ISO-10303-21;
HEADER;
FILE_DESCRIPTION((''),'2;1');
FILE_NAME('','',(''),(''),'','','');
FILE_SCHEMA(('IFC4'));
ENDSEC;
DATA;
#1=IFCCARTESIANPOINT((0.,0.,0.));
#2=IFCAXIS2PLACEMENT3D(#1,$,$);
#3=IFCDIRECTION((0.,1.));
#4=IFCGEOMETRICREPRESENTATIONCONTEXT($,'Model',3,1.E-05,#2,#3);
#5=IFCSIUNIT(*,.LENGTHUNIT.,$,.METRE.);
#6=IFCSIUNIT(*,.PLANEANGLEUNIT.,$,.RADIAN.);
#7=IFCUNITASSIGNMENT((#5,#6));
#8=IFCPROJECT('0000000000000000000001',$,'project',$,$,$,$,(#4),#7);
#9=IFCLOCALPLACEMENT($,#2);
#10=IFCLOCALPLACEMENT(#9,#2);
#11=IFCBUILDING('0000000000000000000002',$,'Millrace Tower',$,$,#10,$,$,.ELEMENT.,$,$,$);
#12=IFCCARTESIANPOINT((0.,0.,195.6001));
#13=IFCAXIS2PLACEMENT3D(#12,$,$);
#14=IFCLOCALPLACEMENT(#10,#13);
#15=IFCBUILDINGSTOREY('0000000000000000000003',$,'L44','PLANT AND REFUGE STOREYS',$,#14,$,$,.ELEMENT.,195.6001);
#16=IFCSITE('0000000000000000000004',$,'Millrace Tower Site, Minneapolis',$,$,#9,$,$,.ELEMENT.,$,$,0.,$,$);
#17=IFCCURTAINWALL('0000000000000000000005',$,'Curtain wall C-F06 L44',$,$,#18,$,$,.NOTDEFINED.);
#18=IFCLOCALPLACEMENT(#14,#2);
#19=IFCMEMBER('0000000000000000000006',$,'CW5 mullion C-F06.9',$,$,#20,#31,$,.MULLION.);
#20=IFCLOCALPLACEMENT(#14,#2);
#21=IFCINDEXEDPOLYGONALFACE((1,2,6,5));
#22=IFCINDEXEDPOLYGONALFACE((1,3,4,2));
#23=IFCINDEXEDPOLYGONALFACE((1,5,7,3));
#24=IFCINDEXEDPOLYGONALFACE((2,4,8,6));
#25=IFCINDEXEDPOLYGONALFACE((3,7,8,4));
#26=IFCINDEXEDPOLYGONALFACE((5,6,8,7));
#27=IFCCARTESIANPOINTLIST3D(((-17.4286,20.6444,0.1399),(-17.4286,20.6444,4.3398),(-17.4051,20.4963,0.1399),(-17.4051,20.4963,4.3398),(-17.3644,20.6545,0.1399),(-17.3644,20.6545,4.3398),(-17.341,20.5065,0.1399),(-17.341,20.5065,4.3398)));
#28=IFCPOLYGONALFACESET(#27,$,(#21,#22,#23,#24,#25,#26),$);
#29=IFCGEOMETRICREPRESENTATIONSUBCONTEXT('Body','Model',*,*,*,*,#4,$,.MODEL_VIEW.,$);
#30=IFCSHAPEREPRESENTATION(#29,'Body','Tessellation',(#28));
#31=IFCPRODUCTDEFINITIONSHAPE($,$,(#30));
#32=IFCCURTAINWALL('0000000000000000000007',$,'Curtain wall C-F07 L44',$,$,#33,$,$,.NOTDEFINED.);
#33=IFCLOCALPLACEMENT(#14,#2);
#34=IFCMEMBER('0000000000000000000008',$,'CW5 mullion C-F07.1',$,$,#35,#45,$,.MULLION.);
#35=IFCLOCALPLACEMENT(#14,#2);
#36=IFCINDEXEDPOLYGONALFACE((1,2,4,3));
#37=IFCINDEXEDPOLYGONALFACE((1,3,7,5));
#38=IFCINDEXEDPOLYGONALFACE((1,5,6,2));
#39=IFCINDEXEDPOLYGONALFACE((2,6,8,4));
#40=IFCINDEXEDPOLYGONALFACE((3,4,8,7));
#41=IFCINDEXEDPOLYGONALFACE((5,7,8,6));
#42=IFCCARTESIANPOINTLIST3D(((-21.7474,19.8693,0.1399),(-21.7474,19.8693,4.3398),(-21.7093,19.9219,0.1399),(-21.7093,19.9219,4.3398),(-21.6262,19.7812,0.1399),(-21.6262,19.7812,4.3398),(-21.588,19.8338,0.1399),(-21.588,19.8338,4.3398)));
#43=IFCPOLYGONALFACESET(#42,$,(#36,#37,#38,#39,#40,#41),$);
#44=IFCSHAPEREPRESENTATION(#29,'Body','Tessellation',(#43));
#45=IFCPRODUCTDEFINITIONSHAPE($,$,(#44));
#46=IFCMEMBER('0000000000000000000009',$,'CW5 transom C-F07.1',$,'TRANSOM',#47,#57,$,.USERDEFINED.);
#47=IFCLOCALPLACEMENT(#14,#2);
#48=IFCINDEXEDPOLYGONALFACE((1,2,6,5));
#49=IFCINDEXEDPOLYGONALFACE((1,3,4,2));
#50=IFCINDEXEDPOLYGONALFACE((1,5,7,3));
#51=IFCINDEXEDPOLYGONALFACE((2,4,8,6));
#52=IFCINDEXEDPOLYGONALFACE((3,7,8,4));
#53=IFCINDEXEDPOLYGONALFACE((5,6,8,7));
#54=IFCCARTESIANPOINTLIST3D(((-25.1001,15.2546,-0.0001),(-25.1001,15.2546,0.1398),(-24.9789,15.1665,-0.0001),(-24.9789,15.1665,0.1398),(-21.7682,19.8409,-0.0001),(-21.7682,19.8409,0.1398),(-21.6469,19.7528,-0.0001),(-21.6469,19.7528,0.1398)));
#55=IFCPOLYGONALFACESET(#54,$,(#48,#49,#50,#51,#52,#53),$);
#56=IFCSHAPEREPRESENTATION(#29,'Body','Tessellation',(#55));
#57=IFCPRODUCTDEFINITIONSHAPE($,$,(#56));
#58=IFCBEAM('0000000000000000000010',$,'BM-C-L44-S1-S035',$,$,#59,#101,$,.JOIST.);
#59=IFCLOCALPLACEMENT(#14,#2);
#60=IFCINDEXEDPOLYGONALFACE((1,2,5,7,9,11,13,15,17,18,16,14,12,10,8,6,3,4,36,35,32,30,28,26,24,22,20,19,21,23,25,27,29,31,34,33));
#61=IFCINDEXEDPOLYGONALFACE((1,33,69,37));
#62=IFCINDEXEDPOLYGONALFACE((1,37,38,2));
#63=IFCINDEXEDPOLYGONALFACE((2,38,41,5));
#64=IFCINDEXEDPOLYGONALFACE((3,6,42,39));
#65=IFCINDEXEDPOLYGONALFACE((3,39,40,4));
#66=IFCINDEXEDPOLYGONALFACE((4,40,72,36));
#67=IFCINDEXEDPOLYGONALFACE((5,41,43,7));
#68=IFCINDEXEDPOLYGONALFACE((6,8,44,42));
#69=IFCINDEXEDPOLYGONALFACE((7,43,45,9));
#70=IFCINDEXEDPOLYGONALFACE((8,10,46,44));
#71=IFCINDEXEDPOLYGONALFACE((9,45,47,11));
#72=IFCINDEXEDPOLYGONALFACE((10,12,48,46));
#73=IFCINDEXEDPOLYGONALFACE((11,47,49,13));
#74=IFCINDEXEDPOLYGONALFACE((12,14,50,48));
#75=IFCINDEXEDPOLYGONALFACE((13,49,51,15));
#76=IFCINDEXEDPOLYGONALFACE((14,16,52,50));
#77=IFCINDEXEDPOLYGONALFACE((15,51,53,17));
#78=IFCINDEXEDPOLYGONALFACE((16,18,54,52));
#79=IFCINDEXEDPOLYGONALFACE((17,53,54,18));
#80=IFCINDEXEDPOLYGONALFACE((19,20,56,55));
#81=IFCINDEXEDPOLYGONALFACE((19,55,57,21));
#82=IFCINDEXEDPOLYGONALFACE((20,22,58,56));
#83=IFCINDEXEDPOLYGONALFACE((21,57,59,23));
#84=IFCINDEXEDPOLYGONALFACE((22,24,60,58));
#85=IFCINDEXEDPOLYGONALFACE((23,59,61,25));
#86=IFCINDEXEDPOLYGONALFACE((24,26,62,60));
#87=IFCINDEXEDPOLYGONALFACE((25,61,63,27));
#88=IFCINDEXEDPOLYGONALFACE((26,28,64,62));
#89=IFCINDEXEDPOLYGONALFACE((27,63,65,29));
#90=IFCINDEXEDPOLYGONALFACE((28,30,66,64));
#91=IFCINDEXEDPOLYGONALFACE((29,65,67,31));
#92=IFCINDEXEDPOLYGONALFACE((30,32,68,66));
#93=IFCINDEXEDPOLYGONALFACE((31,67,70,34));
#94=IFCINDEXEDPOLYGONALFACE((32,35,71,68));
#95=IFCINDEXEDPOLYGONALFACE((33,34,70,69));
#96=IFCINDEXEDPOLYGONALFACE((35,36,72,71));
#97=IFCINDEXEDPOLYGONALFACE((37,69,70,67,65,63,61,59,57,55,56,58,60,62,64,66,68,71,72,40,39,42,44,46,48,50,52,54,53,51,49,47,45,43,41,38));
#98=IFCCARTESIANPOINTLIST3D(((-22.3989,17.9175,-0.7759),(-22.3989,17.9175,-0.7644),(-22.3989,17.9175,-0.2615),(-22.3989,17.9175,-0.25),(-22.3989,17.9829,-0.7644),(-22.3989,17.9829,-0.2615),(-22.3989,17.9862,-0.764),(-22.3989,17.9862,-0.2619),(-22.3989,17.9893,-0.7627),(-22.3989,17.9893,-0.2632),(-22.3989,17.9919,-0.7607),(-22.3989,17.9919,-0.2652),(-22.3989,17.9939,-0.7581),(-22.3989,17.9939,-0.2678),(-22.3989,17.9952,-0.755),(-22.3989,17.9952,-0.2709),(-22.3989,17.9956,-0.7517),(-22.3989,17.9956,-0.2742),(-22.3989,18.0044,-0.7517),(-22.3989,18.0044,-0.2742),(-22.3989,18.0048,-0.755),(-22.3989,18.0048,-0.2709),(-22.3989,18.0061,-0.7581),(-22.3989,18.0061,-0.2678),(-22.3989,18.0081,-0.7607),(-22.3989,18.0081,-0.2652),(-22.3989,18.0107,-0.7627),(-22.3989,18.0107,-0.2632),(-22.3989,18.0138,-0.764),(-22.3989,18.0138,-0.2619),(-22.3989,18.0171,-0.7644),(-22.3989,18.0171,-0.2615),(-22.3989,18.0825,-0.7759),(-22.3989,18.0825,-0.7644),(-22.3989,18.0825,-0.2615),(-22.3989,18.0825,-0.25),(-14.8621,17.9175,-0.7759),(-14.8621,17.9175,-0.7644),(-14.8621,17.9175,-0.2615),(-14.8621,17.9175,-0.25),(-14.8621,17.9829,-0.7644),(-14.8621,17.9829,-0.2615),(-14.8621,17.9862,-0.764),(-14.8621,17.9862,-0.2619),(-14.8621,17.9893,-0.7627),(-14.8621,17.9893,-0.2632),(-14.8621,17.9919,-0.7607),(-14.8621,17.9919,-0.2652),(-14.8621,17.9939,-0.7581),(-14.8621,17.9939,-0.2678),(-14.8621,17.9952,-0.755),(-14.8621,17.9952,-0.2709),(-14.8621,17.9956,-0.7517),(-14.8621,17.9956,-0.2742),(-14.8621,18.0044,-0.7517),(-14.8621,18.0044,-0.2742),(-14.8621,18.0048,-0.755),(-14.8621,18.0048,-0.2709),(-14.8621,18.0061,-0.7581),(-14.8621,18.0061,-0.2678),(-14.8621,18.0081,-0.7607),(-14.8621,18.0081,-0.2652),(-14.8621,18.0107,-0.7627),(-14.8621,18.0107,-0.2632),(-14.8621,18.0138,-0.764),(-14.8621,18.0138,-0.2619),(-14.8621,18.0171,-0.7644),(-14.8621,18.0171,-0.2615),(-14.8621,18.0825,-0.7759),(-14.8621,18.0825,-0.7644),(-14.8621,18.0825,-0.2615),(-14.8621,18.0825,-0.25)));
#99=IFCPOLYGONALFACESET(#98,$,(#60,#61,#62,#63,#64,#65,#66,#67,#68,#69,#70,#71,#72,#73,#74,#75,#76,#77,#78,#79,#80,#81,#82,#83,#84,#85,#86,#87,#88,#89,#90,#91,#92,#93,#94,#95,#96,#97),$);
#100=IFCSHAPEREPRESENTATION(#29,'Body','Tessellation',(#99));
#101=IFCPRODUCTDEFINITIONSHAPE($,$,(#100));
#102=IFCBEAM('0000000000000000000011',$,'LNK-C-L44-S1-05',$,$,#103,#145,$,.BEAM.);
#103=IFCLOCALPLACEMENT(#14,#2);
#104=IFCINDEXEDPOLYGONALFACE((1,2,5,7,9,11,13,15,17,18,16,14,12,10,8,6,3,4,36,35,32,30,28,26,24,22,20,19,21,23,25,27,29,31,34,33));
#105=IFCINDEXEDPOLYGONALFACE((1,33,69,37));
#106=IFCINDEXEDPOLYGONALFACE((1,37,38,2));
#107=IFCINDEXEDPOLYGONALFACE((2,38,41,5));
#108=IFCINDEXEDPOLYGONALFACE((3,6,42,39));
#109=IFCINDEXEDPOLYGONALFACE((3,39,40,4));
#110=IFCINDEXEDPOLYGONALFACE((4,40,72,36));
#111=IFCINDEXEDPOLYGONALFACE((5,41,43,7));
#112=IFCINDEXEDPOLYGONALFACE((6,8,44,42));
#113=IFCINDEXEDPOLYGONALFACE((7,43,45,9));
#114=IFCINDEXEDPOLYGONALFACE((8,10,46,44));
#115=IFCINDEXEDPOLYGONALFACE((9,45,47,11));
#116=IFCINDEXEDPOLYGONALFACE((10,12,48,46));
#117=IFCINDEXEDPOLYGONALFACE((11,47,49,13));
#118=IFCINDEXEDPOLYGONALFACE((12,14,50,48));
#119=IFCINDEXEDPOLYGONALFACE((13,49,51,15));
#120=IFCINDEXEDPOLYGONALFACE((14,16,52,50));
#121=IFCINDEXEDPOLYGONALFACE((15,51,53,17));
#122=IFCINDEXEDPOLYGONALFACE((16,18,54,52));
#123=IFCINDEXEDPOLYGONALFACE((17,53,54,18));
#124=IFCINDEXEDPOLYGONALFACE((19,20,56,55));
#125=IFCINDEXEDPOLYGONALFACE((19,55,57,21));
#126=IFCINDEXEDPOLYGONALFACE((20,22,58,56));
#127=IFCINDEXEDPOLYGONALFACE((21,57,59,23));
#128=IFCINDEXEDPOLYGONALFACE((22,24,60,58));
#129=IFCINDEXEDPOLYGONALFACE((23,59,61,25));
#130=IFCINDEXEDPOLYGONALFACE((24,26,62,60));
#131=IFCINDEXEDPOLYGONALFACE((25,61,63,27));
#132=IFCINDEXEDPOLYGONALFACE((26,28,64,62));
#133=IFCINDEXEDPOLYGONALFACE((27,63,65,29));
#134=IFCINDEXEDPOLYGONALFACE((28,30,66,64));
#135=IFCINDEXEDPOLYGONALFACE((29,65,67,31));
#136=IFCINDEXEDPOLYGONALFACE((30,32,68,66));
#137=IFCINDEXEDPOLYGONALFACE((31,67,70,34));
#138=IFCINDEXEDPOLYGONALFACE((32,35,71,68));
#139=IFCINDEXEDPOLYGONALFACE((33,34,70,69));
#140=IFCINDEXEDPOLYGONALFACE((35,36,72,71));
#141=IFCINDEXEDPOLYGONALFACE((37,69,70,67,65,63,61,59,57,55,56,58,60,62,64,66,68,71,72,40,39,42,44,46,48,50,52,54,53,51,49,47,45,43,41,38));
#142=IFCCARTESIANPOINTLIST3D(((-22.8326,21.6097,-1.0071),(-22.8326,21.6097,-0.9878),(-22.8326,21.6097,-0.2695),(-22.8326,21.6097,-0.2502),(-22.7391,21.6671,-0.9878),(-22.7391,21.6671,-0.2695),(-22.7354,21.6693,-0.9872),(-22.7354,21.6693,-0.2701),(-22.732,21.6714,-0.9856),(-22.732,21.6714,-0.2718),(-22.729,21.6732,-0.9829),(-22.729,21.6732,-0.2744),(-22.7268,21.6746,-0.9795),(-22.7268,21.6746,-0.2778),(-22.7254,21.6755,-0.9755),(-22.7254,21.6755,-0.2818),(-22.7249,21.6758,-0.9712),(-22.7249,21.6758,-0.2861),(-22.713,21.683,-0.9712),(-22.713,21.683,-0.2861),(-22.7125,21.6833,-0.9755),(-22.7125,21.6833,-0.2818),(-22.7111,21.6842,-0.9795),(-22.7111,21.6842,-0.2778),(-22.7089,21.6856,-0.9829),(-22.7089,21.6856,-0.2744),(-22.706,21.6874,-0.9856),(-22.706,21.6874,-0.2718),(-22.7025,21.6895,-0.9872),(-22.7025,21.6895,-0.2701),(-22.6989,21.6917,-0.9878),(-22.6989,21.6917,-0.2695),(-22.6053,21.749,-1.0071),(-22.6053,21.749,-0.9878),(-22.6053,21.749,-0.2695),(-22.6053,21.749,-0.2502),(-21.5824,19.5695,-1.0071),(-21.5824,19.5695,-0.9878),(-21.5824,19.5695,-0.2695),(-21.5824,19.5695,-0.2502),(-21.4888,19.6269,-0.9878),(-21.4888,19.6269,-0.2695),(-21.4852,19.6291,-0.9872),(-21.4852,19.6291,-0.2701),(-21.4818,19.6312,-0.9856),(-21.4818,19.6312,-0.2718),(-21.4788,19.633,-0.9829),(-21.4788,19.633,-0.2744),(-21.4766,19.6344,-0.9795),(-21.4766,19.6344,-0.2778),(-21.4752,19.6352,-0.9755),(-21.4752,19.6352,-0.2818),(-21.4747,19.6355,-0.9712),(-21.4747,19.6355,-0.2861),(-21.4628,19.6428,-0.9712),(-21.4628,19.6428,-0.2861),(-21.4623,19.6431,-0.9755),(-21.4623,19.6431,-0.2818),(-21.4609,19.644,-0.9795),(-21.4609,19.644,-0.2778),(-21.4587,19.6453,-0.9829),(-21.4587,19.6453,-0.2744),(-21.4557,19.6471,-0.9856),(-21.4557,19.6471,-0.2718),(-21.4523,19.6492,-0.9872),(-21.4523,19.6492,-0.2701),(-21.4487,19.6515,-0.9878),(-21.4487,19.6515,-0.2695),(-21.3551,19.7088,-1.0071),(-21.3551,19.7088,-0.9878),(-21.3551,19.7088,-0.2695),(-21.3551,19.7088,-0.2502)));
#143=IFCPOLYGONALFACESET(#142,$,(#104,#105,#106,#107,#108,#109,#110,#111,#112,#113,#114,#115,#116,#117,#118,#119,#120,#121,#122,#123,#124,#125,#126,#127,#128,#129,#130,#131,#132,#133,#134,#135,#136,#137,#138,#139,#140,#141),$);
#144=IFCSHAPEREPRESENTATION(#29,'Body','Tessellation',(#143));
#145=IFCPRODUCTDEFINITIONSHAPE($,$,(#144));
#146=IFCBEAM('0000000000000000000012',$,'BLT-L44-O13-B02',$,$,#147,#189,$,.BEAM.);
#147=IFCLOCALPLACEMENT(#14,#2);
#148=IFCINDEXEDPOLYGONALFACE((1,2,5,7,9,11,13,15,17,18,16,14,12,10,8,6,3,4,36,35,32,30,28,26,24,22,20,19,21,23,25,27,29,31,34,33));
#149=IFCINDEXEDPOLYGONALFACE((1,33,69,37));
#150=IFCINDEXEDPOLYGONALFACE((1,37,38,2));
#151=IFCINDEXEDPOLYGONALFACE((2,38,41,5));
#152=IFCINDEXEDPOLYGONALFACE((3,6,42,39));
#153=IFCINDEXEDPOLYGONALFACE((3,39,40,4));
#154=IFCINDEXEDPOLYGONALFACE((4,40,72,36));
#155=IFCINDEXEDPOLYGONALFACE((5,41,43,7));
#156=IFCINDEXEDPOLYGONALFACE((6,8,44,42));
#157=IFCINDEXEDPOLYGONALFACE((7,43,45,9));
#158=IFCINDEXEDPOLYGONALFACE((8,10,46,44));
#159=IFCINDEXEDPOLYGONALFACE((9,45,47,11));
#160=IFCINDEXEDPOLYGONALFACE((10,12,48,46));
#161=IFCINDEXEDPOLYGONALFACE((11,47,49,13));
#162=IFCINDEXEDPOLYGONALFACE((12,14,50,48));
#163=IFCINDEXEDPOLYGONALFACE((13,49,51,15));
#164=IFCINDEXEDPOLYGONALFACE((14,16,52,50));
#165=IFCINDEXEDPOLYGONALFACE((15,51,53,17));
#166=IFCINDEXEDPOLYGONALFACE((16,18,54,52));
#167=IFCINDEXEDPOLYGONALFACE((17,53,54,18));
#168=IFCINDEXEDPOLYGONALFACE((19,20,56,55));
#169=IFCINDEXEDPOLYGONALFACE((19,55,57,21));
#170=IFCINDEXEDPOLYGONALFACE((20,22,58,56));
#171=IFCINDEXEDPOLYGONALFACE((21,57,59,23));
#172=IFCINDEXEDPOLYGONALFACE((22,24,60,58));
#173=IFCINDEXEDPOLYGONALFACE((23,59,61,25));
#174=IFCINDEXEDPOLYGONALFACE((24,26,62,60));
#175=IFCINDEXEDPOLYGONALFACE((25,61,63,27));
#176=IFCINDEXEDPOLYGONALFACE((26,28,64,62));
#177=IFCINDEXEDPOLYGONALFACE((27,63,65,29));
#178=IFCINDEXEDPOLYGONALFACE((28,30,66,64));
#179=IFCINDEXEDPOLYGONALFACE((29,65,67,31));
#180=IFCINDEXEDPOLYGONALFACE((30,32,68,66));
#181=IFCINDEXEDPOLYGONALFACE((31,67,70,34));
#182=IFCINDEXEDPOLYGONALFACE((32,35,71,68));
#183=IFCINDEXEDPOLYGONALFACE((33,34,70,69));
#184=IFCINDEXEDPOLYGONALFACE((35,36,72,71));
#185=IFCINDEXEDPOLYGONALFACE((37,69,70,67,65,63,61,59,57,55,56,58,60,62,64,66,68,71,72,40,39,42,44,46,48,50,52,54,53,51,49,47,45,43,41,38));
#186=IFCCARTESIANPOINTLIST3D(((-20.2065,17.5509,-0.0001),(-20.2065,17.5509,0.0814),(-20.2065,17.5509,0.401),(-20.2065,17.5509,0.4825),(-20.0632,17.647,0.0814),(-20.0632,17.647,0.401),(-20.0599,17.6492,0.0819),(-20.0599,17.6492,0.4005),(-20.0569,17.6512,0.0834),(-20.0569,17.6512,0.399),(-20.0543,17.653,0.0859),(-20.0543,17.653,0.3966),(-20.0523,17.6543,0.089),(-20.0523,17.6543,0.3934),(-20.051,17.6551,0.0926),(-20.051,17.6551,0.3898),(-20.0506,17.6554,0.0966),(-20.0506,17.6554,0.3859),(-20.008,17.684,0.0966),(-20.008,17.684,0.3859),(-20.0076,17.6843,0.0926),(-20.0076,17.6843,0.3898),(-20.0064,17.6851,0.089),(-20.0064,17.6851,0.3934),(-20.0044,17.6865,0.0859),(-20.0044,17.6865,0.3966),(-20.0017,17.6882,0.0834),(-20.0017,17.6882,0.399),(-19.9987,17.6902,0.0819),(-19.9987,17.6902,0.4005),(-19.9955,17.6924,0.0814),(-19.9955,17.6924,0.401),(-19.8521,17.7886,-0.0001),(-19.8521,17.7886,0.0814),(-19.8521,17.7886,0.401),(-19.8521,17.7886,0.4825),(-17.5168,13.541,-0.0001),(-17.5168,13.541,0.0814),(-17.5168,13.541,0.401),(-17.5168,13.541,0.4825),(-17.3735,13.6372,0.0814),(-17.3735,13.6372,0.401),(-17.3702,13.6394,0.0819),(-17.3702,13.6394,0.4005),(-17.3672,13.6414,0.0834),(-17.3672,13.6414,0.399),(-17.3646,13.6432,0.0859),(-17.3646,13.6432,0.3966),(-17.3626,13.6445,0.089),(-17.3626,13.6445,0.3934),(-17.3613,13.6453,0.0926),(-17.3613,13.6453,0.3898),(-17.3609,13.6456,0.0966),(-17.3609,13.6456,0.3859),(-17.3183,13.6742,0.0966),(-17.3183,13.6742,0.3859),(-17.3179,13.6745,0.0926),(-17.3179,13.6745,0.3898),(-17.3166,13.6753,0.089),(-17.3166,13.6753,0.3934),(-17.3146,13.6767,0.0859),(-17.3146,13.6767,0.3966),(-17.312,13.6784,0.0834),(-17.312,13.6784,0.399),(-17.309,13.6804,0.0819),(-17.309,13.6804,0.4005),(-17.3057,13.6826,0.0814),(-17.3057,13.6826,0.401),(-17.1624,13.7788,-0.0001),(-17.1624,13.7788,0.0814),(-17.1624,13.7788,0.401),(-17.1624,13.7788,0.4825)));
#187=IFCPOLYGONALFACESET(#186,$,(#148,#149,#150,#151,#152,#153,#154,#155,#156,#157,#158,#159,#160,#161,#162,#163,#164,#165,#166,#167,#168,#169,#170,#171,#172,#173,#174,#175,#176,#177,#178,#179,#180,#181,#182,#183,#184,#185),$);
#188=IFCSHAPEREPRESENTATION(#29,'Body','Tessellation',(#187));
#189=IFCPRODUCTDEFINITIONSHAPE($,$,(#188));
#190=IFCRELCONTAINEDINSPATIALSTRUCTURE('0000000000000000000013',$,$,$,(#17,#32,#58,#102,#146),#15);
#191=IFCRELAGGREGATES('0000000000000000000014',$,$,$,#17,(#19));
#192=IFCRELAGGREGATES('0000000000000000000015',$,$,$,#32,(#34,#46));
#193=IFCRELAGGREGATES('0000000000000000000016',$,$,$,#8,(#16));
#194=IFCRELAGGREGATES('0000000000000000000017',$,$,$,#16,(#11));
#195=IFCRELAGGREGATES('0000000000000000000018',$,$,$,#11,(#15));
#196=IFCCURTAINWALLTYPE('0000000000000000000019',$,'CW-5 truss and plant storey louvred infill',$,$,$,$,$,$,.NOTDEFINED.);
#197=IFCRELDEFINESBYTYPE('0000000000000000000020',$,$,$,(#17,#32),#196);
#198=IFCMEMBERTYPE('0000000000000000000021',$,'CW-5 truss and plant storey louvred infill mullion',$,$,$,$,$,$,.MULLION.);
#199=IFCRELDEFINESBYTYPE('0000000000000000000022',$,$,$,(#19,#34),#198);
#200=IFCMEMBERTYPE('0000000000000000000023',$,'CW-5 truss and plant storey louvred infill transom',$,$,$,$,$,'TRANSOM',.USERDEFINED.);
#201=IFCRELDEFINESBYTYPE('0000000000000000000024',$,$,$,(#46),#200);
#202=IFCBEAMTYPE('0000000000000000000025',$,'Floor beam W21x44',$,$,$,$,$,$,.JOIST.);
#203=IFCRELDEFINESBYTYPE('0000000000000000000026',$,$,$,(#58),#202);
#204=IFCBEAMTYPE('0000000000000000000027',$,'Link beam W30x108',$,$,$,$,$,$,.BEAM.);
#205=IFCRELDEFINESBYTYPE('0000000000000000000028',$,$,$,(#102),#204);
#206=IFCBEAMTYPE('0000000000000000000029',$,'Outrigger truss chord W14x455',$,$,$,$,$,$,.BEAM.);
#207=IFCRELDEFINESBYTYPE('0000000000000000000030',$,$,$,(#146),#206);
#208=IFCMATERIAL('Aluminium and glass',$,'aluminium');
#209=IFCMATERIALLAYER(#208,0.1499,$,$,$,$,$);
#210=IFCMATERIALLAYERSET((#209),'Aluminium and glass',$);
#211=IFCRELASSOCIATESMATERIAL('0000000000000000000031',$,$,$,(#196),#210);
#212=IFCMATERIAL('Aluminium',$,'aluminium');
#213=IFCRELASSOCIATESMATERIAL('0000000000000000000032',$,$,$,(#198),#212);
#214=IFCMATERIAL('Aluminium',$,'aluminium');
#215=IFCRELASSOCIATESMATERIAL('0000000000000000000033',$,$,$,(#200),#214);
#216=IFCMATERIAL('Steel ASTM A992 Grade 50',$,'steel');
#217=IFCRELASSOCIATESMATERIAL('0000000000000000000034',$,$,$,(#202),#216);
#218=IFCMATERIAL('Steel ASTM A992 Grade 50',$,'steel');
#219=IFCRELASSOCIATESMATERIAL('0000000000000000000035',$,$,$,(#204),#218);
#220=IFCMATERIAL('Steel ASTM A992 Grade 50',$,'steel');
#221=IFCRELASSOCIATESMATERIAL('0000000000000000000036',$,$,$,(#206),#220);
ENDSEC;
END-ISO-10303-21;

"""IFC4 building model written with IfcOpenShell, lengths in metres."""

from ifc_helpers import new_model, si_unit, direction, frame, origin, origin_2d, place, context, subcontext, project, spatial, rectangle, i_section, extrude, material, layer, layer_set, material_profile, profile_set, type_object, element, aggregate, save


model = new_model("IFC4")

# Units and contexts
model_context = context("Model", 3, precision=1e-05, world=origin(), true_north=direction((0.0, 1.0)))
body_context = subcontext(model_context, "Body", "Model", "MODEL_VIEW")
ifc_project = project(units=[si_unit("LENGTHUNIT", "METRE"), si_unit("PLANEANGLEUNIT", "RADIAN")], contexts=[model_context])

# Site, building, storey
site_placement = place(None, origin())
site = spatial("IfcSite", under=ifc_project, at=site_placement, Name="Millrace Tower Site, Minneapolis", CompositionType="ELEMENT", RefElevation=0.0)
building_placement = place(site_placement, origin())
building = spatial("IfcBuilding", under=site, at=building_placement, Name="Millrace Tower", CompositionType="ELEMENT")
storey_placement = place(building_placement, frame((0.0, 0.0, 195.6001)))
storey = spatial("IfcBuildingStorey", under=building, at=storey_placement, Name="L44", Description="PLANT AND REFUGE STOREYS", CompositionType="ELEMENT", Elevation=195.6001)

# Curtain wall, member
ifc_material_1 = material(Name="Aluminium and glass", Category="aluminium")
ifc_layer_1 = layer(ifc_material_1, 0.1499)
ifc_layer_set_1 = layer_set([ifc_layer_1], Name="Aluminium and glass")
curtain_wall_type = type_object("IfcCurtainWallType", Name="CW-5 truss and plant storey louvred infill", PredefinedType="NOTDEFINED", material=ifc_layer_set_1)
placement = place(storey_placement, origin())
curtain_wall_1 = element("IfcCurtainWall", 1, at=placement, inside=storey, type_object=curtain_wall_type, Name="Curtain wall C-F06 L44", PredefinedType="NOTDEFINED")
ifc_material_2 = material(Name="Aluminium", Category="aluminium")
ifc_material_profile_1 = material_profile(ifc_material_2, rectangle(XDim=0.0649, YDim=0.1499, at=origin_2d()))
ifc_profile_set_1 = profile_set([ifc_material_profile_1], Name="Aluminium")
member_type_1 = type_object("IfcMemberType", Name="CW-5 truss and plant storey louvred infill mullion", PredefinedType="MULLION", material=ifc_profile_set_1)
member_1_placement = place(storey_placement, frame((-17.3848, 20.5754, 0.1399), z_axis=(0.0, 0.0, 1.0), x_axis=(-0.987688, -0.156434, 0.0)))
member_1 = element("IfcMember", 2, at=member_1_placement, type_object=member_type_1, Name="CW5 mullion C-F06.9", PredefinedType="MULLION", context=body_context, shape_type="SweptSolid", body=[
    extrude(rectangle(XDim=0.0649, YDim=0.1499, at=origin_2d()), origin(), (0.0, 0.0, 1.0), 4.2),
])
aggregate(curtain_wall_1, [member_1])

# Curtain wall, members
curtain_wall_2 = element("IfcCurtainWall", 3, at=placement, inside=storey, type_object=curtain_wall_type, Name="Curtain wall C-F07 L44", PredefinedType="NOTDEFINED")
member_2_placement = place(storey_placement, frame((-21.6677, 19.8516, 0.1399), z_axis=(0.0, 0.0, 1.0), x_axis=(-0.587785, -0.809017, 0.0)))
member_2 = element("IfcMember", 4, at=member_2_placement, type_object=member_type_1, Name="CW5 mullion C-F07.1", PredefinedType="MULLION", context=body_context, shape_type="SweptSolid", body=[
    extrude(rectangle(XDim=0.0649, YDim=0.1499, at=origin_2d()), origin(), (0.0, 0.0, 1.0), 4.2),
])
ifc_material_3 = material(Name="Aluminium", Category="aluminium")
ifc_material_profile_2 = material_profile(ifc_material_3, rectangle(XDim=0.1499, YDim=0.1399, at=origin_2d()))
ifc_profile_set_2 = profile_set([ifc_material_profile_2], Name="Aluminium")
member_type_2 = type_object("IfcMemberType", Name="CW-5 truss and plant storey louvred infill transom", ElementType="TRANSOM", PredefinedType="USERDEFINED", material=ifc_profile_set_2)
member_3_placement = place(storey_placement, frame((-21.7075, 19.7969, 0.0698), z_axis=(-0.587762, -0.809034, 0.0), x_axis=(0.809034, -0.587762, 0.0)))
member_3 = element("IfcMember", 5, at=member_3_placement, type_object=member_type_2, Name="CW5 transom C-F07.1", ObjectType="TRANSOM", PredefinedType="USERDEFINED", context=body_context, shape_type="SweptSolid", body=[
    extrude(rectangle(XDim=0.1499, YDim=0.1399, at=origin_2d()), origin(), (0.0, 0.0, 1.0), 5.6689),
])
aggregate(curtain_wall_2, [member_2, member_3])

# Beams
ifc_material_4 = material(Name="Steel ASTM A992 Grade 50", Category="steel")
ifc_material_profile_3 = material_profile(ifc_material_4, i_section(OverallWidth=0.165, OverallDepth=0.5259, WebThickness=0.0088, FlangeThickness=0.0115, FilletRadius=0.0127, at=origin_2d()))
ifc_profile_set_3 = profile_set([ifc_material_profile_3], Name="Steel ASTM A992 Grade 50")
beam_type_1 = type_object("IfcBeamType", Name="Floor beam W21x44", PredefinedType="JOIST", material=ifc_profile_set_3)
beam_1_placement = place(storey_placement, frame((-22.3989, 18.0, -0.5129), z_axis=(1.0, 0.0, 0.0), x_axis=(0.0, 1.0, 0.0)))
element("IfcBeam", 6, at=beam_1_placement, inside=storey, type_object=beam_type_1, Name="BM-C-L44-S1-S035", PredefinedType="JOIST", context=body_context, shape_type="SweptSolid", body=[
    extrude(i_section(OverallWidth=0.165, OverallDepth=0.5259, WebThickness=0.0088, FlangeThickness=0.0115, FilletRadius=0.0127, at=origin_2d()), origin(), (0.0, 0.0, 1.0), 7.5369),
])
ifc_material_5 = material(Name="Steel ASTM A992 Grade 50", Category="steel")
ifc_material_profile_4 = material_profile(ifc_material_5, i_section(OverallWidth=0.2666, OverallDepth=0.7568, WebThickness=0.0139, FlangeThickness=0.0193, FilletRadius=0.0166, at=origin_2d()))
ifc_profile_set_4 = profile_set([ifc_material_profile_4], Name="Steel ASTM A992 Grade 50")
beam_type_2 = type_object("IfcBeamType", Name="Link beam W30x108", PredefinedType="BEAM", material=ifc_profile_set_4)
beam_2_placement = place(storey_placement, frame((-21.4688, 19.6392, -0.6287), z_axis=(-0.522485, 0.852648, 0.0), x_axis=(-0.852648, -0.522485, 0.0)))
element("IfcBeam", 7, at=beam_2_placement, inside=storey, type_object=beam_type_2, Name="LNK-C-L44-S1-05", PredefinedType="BEAM", context=body_context, shape_type="SweptSolid", body=[
    extrude(i_section(OverallWidth=0.2666, OverallDepth=0.7568, WebThickness=0.0139, FlangeThickness=0.0193, FilletRadius=0.0166, at=origin_2d()), origin(), (0.0, 0.0, 1.0), 2.3928),
])
ifc_material_6 = material(Name="Steel ASTM A992 Grade 50", Category="steel")
ifc_material_profile_5 = material_profile(ifc_material_6, i_section(OverallWidth=0.4268, OverallDepth=0.4827, WebThickness=0.0513, FlangeThickness=0.0815, FilletRadius=0.0151, at=origin_2d()))
ifc_profile_set_5 = profile_set([ifc_material_profile_5], Name="Steel ASTM A992 Grade 50")
beam_type_3 = type_object("IfcBeamType", Name="Outrigger truss chord W14x455", PredefinedType="BEAM", material=ifc_profile_set_5)
for number, where, z_axis, x_axis, name in (
    (8, (-17.3396, 13.6599, 0.2412), (-0.557067, 0.830468, 0.0), (-0.830468, -0.557067, 0.0), "BLT-L44-O13-B02"),
):
    element("IfcBeam", number, at=place(storey_placement, frame(where, z_axis=z_axis, x_axis=x_axis)), inside=storey, type_object=beam_type_3, Name=name, PredefinedType="BEAM", context=body_context, shape_type="SweptSolid", body=[
        extrude(i_section(OverallWidth=0.4268, OverallDepth=0.4827, WebThickness=0.0513, FlangeThickness=0.0815, FilletRadius=0.0151, at=origin_2d()), origin(), (0.0, 0.0, 1.0), 4.8284),
    ])

save(model, "model.ifc")
